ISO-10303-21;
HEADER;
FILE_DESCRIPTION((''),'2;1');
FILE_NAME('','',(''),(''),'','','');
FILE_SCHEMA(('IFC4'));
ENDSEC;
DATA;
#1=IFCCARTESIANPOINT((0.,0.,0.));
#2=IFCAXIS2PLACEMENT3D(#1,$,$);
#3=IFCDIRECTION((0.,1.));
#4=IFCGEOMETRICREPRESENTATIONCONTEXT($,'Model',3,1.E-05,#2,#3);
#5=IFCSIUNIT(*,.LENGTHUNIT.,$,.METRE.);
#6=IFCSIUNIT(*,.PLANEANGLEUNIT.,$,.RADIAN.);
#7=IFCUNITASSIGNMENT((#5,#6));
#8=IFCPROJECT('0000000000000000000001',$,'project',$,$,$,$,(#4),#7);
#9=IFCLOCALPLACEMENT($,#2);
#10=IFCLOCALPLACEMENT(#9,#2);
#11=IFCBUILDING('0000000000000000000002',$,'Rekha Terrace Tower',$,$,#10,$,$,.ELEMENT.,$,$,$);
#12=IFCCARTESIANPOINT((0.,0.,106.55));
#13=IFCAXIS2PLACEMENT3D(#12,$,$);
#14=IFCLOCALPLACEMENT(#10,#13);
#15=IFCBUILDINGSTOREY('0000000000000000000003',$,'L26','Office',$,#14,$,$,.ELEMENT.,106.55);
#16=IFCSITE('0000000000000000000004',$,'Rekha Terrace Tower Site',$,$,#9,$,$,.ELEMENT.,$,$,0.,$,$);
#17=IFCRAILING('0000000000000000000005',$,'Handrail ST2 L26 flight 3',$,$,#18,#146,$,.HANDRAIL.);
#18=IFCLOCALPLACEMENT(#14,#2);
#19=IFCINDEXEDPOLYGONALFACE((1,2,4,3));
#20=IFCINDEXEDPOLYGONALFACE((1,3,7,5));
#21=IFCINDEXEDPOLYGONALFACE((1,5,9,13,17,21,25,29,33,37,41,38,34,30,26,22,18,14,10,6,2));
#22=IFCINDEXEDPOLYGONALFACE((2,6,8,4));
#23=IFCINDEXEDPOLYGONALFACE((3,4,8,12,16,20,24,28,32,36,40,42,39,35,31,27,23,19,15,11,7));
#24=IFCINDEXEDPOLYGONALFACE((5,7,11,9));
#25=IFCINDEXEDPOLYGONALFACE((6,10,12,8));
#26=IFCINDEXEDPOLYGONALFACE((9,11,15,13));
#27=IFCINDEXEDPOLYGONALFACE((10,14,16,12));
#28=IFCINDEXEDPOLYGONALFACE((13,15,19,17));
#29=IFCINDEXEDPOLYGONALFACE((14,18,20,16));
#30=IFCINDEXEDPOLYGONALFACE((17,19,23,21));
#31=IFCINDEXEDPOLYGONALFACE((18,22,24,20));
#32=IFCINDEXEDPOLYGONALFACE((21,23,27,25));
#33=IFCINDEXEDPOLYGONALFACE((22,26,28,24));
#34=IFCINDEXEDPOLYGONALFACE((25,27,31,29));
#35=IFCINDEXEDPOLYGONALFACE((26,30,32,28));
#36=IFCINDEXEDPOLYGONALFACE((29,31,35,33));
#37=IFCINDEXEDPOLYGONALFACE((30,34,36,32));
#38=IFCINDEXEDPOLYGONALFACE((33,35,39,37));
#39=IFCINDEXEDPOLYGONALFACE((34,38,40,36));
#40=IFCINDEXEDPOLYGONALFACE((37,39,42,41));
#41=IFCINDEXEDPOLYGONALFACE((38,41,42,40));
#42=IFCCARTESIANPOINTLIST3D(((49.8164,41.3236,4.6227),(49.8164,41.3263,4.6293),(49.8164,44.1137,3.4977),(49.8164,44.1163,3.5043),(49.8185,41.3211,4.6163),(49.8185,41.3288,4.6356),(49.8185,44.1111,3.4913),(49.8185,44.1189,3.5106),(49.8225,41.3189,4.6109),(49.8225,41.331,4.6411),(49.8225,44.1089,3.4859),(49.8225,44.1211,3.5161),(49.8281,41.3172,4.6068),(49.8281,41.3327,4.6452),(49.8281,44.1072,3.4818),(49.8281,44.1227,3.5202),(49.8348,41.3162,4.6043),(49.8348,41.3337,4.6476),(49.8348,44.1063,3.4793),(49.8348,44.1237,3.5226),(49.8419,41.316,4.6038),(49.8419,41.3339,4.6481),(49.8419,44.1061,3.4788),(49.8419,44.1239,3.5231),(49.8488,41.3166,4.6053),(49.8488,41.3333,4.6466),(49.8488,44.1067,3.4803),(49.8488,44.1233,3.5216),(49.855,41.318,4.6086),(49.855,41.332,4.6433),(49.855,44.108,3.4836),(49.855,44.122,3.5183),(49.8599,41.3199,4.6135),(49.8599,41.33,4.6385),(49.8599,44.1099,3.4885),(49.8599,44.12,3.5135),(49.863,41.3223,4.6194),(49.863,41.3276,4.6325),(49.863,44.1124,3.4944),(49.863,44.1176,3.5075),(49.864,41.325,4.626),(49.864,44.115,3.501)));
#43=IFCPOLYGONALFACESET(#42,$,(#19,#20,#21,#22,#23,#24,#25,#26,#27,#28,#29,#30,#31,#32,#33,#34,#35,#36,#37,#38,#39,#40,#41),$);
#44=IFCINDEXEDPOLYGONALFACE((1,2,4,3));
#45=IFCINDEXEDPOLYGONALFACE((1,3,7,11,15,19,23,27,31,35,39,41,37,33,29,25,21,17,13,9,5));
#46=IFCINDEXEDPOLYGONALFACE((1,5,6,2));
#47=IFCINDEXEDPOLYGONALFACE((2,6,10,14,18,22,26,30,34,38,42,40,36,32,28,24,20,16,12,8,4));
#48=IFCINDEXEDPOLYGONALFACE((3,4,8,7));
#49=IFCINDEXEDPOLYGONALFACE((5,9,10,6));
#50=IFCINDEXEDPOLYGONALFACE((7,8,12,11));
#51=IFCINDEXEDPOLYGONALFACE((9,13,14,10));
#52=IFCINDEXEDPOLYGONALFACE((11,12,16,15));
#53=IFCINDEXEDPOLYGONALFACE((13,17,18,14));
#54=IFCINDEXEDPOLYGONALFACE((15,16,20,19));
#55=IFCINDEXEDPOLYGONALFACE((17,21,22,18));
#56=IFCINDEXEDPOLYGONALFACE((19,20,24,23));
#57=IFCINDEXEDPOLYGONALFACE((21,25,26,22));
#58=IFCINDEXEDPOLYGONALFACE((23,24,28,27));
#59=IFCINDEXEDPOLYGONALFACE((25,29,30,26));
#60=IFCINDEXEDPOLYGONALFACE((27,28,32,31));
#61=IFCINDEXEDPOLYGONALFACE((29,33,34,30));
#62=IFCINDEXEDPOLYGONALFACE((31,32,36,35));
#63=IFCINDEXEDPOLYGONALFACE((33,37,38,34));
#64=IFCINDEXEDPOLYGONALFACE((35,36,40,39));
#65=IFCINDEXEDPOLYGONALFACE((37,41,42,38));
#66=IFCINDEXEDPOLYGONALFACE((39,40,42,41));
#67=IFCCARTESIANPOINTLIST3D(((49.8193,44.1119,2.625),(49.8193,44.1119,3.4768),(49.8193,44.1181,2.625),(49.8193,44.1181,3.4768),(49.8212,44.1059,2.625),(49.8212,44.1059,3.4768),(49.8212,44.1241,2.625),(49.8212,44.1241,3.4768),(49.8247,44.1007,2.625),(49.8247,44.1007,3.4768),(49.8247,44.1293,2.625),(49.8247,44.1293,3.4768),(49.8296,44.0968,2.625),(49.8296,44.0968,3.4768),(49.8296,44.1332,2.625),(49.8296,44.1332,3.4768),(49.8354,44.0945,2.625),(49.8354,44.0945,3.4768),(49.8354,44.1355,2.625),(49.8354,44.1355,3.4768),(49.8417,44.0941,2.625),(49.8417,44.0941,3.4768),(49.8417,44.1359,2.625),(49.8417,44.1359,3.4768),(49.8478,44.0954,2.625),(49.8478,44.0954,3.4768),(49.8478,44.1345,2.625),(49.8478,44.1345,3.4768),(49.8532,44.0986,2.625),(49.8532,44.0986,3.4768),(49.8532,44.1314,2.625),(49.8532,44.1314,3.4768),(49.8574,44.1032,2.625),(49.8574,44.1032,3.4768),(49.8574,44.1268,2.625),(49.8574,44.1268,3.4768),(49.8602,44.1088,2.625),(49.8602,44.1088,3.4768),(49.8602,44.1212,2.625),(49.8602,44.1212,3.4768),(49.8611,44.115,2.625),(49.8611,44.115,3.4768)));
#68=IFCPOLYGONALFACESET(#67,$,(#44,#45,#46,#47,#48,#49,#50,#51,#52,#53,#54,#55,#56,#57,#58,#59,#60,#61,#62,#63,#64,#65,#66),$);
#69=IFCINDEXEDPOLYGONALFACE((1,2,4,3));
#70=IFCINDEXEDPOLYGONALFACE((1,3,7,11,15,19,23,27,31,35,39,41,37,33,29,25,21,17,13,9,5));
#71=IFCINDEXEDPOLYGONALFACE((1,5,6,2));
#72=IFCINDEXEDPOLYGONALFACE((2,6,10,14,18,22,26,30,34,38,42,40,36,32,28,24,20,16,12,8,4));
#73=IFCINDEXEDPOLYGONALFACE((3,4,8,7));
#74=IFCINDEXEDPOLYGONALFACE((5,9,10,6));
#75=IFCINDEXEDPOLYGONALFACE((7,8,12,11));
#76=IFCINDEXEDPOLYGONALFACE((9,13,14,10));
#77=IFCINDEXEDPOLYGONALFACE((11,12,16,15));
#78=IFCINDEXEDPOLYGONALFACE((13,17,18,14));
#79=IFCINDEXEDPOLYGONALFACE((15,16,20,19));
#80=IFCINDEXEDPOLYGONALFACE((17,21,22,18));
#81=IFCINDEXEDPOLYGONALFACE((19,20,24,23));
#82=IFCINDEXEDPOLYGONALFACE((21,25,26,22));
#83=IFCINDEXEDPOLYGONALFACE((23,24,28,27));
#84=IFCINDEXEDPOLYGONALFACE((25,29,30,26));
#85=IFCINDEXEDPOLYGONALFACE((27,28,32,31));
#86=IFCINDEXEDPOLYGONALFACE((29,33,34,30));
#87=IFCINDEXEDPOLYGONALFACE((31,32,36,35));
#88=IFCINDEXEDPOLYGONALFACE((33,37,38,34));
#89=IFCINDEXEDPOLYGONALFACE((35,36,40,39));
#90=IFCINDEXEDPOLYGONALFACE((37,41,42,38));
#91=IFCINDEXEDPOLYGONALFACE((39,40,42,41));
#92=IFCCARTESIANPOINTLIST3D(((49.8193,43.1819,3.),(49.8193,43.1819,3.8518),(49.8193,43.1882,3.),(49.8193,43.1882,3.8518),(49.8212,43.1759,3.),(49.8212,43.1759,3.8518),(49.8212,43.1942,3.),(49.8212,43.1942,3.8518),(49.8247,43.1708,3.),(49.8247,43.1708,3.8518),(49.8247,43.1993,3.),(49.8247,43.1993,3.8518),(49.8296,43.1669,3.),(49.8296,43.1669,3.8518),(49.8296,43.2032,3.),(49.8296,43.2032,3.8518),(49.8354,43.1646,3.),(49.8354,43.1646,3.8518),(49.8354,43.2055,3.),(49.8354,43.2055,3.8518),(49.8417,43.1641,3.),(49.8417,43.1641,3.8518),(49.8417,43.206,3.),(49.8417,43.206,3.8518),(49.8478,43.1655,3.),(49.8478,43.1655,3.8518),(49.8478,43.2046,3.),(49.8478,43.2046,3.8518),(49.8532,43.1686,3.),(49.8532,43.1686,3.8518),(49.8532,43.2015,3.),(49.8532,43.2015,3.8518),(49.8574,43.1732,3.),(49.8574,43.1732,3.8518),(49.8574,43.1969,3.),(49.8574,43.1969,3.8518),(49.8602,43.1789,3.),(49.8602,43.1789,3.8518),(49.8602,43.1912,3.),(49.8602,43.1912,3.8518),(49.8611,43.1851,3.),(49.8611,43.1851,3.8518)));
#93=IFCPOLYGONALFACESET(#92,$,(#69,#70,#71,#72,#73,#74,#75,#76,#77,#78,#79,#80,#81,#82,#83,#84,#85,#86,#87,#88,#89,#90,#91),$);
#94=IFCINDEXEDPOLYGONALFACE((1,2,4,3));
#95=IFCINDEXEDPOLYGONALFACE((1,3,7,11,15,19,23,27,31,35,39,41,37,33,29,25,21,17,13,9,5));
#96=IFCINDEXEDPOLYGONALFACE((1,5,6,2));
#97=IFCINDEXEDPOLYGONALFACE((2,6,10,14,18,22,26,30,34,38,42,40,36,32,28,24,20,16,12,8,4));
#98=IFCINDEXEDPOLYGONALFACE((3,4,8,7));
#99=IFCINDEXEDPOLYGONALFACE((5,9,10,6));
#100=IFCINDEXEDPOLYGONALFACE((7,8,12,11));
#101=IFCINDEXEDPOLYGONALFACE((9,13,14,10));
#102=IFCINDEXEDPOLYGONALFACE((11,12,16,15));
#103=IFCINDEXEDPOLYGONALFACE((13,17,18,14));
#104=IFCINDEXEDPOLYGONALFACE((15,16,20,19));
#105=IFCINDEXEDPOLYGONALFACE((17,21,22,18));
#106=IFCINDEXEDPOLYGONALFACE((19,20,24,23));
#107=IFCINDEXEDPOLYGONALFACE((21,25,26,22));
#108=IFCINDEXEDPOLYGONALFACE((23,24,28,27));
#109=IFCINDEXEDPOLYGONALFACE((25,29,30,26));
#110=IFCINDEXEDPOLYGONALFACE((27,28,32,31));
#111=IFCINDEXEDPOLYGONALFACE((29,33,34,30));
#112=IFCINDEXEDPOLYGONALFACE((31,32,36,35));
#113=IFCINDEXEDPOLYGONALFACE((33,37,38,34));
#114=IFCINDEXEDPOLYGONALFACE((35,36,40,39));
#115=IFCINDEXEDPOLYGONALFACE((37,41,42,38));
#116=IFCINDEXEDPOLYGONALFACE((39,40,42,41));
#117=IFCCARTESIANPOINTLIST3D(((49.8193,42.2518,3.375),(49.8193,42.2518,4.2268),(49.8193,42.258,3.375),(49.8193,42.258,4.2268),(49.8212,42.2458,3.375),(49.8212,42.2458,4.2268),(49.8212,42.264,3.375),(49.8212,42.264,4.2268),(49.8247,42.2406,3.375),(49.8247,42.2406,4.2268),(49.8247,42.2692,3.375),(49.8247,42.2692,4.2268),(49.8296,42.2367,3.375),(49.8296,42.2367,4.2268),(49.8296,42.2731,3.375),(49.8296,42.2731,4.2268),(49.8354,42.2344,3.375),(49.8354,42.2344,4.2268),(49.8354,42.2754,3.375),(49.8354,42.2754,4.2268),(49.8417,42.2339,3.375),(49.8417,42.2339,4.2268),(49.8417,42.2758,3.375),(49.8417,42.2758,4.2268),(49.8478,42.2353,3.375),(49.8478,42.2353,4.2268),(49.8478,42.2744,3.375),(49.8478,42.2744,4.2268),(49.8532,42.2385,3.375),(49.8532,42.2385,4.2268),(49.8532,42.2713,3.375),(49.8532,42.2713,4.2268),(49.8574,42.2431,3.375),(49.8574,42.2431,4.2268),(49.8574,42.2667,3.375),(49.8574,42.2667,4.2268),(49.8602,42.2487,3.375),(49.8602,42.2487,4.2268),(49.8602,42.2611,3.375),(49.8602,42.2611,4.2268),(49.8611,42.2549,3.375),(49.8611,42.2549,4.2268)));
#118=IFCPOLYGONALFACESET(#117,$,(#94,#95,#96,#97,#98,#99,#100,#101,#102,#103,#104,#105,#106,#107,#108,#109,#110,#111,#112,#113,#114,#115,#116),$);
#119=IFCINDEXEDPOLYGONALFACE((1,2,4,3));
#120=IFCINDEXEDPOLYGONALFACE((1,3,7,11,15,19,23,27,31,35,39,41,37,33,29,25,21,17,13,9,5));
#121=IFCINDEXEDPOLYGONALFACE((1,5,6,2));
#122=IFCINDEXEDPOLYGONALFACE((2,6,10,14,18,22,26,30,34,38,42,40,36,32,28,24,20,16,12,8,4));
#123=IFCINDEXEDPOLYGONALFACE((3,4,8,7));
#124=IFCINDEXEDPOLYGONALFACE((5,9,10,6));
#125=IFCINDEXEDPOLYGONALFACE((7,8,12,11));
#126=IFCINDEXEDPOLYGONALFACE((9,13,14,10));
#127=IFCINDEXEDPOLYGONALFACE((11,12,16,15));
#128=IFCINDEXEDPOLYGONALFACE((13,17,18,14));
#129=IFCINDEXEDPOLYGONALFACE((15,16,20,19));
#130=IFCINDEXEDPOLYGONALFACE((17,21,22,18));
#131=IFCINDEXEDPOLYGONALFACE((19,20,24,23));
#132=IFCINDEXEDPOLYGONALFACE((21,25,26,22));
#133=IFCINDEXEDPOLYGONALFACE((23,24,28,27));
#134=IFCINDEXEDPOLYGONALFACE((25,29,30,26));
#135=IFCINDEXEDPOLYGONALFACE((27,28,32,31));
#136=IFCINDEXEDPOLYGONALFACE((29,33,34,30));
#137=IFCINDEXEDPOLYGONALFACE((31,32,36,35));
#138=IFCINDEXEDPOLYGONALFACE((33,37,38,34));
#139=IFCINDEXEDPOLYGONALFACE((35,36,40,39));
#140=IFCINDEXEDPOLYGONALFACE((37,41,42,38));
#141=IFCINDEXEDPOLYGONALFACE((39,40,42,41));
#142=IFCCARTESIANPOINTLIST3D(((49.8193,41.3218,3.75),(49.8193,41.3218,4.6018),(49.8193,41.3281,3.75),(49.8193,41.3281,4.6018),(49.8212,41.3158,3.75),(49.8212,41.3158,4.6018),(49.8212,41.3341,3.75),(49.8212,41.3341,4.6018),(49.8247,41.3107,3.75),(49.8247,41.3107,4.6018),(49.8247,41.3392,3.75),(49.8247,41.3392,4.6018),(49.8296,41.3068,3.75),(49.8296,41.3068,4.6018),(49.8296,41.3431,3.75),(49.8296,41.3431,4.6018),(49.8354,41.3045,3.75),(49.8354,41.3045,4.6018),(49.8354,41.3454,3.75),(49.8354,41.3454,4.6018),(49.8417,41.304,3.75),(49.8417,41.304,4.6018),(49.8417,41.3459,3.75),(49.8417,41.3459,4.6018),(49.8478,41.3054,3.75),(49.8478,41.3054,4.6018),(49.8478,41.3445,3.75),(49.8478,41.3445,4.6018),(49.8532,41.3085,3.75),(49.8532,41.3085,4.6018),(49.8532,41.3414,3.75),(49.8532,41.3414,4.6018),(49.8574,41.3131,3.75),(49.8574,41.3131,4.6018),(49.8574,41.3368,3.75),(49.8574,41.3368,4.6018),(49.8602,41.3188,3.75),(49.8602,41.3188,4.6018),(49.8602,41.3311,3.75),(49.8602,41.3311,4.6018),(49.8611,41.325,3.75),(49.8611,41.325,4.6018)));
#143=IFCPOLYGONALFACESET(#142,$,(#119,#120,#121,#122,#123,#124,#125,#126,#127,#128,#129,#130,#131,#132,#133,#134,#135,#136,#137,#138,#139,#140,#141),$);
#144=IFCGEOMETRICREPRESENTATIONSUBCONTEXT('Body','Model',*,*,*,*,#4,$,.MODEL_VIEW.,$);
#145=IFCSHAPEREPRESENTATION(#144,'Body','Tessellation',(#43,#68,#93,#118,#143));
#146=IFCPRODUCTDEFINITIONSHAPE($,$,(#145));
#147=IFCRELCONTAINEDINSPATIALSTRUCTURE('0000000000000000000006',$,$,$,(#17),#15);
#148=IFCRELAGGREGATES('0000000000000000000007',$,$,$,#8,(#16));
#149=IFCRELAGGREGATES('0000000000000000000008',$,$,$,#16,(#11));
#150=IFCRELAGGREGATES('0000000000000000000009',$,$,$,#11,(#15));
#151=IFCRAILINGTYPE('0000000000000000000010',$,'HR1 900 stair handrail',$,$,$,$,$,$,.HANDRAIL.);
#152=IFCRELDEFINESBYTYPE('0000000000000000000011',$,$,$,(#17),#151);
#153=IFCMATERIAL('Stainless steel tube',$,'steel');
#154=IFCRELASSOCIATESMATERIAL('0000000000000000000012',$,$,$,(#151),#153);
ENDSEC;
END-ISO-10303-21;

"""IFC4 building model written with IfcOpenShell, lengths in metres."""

from ifc_helpers import new_model, si_unit, direction, frame, origin, origin_2d, place, context, subcontext, project, spatial, circle, extrude, material, type_object, element, save


model = new_model("IFC4")

# Units and contexts
model_context = context("Model", 3, precision=1e-05, world=origin(), true_north=direction((0.0, 1.0)))
body_context = subcontext(model_context, "Body", "Model", "MODEL_VIEW")
ifc_project = project(units=[si_unit("LENGTHUNIT", "METRE"), si_unit("PLANEANGLEUNIT", "RADIAN")], contexts=[model_context])

# Site, building, storey
site_placement = place(None, origin())
site = spatial("IfcSite", under=ifc_project, at=site_placement, Name="Rekha Terrace Tower Site", CompositionType="ELEMENT", RefElevation=0.0)
building_placement = place(site_placement, origin())
building = spatial("IfcBuilding", under=site, at=building_placement, Name="Rekha Terrace Tower", CompositionType="ELEMENT")
storey_placement = place(building_placement, frame((0.0, 0.0, 106.55)))
storey = spatial("IfcBuildingStorey", under=building, at=storey_placement, Name="L26", Description="Office", CompositionType="ELEMENT", Elevation=106.55)

# Railing
ifc_material_1 = material(Name="Stainless steel tube", Category="steel")
railing_type_1 = type_object("IfcRailingType", Name="HR1 900 stair handrail", PredefinedType="HANDRAIL", material=ifc_material_1)
railing_1_placement = place(storey_placement, frame((49.8401, 44.115, 2.625)))
element("IfcRailing", 1, at=railing_1_placement, inside=storey, type_object=railing_type_1, Name="Handrail ST2 L26 flight 3", PredefinedType="HANDRAIL", context=body_context, shape_type="SweptSolid", body=[
    extrude(circle(Radius=0.0239, at=origin_2d()), frame((0.0, 0.0, 0.876), z_axis=(0.0, -0.927443, 0.373964), x_axis=(1.0, 0.0, 0.0)), (0.0, 0.0, 1.0), 3.0083),
    extrude(circle(Radius=0.021, at=origin_2d()), origin(), (0.0, 0.0, 1.0), 0.8518),
    extrude(circle(Radius=0.021, at=origin_2d()), frame((0.0, -0.9299, 0.375)), (0.0, 0.0, 1.0), 0.8518),
    extrude(circle(Radius=0.021, at=origin_2d()), frame((0.0, -1.8601, 0.75)), (0.0, 0.0, 1.0), 0.8518),
    extrude(circle(Radius=0.021, at=origin_2d()), frame((0.0, -2.79, 1.125)), (0.0, 0.0, 1.0), 0.8518),
])

save(model, "model.ifc")
